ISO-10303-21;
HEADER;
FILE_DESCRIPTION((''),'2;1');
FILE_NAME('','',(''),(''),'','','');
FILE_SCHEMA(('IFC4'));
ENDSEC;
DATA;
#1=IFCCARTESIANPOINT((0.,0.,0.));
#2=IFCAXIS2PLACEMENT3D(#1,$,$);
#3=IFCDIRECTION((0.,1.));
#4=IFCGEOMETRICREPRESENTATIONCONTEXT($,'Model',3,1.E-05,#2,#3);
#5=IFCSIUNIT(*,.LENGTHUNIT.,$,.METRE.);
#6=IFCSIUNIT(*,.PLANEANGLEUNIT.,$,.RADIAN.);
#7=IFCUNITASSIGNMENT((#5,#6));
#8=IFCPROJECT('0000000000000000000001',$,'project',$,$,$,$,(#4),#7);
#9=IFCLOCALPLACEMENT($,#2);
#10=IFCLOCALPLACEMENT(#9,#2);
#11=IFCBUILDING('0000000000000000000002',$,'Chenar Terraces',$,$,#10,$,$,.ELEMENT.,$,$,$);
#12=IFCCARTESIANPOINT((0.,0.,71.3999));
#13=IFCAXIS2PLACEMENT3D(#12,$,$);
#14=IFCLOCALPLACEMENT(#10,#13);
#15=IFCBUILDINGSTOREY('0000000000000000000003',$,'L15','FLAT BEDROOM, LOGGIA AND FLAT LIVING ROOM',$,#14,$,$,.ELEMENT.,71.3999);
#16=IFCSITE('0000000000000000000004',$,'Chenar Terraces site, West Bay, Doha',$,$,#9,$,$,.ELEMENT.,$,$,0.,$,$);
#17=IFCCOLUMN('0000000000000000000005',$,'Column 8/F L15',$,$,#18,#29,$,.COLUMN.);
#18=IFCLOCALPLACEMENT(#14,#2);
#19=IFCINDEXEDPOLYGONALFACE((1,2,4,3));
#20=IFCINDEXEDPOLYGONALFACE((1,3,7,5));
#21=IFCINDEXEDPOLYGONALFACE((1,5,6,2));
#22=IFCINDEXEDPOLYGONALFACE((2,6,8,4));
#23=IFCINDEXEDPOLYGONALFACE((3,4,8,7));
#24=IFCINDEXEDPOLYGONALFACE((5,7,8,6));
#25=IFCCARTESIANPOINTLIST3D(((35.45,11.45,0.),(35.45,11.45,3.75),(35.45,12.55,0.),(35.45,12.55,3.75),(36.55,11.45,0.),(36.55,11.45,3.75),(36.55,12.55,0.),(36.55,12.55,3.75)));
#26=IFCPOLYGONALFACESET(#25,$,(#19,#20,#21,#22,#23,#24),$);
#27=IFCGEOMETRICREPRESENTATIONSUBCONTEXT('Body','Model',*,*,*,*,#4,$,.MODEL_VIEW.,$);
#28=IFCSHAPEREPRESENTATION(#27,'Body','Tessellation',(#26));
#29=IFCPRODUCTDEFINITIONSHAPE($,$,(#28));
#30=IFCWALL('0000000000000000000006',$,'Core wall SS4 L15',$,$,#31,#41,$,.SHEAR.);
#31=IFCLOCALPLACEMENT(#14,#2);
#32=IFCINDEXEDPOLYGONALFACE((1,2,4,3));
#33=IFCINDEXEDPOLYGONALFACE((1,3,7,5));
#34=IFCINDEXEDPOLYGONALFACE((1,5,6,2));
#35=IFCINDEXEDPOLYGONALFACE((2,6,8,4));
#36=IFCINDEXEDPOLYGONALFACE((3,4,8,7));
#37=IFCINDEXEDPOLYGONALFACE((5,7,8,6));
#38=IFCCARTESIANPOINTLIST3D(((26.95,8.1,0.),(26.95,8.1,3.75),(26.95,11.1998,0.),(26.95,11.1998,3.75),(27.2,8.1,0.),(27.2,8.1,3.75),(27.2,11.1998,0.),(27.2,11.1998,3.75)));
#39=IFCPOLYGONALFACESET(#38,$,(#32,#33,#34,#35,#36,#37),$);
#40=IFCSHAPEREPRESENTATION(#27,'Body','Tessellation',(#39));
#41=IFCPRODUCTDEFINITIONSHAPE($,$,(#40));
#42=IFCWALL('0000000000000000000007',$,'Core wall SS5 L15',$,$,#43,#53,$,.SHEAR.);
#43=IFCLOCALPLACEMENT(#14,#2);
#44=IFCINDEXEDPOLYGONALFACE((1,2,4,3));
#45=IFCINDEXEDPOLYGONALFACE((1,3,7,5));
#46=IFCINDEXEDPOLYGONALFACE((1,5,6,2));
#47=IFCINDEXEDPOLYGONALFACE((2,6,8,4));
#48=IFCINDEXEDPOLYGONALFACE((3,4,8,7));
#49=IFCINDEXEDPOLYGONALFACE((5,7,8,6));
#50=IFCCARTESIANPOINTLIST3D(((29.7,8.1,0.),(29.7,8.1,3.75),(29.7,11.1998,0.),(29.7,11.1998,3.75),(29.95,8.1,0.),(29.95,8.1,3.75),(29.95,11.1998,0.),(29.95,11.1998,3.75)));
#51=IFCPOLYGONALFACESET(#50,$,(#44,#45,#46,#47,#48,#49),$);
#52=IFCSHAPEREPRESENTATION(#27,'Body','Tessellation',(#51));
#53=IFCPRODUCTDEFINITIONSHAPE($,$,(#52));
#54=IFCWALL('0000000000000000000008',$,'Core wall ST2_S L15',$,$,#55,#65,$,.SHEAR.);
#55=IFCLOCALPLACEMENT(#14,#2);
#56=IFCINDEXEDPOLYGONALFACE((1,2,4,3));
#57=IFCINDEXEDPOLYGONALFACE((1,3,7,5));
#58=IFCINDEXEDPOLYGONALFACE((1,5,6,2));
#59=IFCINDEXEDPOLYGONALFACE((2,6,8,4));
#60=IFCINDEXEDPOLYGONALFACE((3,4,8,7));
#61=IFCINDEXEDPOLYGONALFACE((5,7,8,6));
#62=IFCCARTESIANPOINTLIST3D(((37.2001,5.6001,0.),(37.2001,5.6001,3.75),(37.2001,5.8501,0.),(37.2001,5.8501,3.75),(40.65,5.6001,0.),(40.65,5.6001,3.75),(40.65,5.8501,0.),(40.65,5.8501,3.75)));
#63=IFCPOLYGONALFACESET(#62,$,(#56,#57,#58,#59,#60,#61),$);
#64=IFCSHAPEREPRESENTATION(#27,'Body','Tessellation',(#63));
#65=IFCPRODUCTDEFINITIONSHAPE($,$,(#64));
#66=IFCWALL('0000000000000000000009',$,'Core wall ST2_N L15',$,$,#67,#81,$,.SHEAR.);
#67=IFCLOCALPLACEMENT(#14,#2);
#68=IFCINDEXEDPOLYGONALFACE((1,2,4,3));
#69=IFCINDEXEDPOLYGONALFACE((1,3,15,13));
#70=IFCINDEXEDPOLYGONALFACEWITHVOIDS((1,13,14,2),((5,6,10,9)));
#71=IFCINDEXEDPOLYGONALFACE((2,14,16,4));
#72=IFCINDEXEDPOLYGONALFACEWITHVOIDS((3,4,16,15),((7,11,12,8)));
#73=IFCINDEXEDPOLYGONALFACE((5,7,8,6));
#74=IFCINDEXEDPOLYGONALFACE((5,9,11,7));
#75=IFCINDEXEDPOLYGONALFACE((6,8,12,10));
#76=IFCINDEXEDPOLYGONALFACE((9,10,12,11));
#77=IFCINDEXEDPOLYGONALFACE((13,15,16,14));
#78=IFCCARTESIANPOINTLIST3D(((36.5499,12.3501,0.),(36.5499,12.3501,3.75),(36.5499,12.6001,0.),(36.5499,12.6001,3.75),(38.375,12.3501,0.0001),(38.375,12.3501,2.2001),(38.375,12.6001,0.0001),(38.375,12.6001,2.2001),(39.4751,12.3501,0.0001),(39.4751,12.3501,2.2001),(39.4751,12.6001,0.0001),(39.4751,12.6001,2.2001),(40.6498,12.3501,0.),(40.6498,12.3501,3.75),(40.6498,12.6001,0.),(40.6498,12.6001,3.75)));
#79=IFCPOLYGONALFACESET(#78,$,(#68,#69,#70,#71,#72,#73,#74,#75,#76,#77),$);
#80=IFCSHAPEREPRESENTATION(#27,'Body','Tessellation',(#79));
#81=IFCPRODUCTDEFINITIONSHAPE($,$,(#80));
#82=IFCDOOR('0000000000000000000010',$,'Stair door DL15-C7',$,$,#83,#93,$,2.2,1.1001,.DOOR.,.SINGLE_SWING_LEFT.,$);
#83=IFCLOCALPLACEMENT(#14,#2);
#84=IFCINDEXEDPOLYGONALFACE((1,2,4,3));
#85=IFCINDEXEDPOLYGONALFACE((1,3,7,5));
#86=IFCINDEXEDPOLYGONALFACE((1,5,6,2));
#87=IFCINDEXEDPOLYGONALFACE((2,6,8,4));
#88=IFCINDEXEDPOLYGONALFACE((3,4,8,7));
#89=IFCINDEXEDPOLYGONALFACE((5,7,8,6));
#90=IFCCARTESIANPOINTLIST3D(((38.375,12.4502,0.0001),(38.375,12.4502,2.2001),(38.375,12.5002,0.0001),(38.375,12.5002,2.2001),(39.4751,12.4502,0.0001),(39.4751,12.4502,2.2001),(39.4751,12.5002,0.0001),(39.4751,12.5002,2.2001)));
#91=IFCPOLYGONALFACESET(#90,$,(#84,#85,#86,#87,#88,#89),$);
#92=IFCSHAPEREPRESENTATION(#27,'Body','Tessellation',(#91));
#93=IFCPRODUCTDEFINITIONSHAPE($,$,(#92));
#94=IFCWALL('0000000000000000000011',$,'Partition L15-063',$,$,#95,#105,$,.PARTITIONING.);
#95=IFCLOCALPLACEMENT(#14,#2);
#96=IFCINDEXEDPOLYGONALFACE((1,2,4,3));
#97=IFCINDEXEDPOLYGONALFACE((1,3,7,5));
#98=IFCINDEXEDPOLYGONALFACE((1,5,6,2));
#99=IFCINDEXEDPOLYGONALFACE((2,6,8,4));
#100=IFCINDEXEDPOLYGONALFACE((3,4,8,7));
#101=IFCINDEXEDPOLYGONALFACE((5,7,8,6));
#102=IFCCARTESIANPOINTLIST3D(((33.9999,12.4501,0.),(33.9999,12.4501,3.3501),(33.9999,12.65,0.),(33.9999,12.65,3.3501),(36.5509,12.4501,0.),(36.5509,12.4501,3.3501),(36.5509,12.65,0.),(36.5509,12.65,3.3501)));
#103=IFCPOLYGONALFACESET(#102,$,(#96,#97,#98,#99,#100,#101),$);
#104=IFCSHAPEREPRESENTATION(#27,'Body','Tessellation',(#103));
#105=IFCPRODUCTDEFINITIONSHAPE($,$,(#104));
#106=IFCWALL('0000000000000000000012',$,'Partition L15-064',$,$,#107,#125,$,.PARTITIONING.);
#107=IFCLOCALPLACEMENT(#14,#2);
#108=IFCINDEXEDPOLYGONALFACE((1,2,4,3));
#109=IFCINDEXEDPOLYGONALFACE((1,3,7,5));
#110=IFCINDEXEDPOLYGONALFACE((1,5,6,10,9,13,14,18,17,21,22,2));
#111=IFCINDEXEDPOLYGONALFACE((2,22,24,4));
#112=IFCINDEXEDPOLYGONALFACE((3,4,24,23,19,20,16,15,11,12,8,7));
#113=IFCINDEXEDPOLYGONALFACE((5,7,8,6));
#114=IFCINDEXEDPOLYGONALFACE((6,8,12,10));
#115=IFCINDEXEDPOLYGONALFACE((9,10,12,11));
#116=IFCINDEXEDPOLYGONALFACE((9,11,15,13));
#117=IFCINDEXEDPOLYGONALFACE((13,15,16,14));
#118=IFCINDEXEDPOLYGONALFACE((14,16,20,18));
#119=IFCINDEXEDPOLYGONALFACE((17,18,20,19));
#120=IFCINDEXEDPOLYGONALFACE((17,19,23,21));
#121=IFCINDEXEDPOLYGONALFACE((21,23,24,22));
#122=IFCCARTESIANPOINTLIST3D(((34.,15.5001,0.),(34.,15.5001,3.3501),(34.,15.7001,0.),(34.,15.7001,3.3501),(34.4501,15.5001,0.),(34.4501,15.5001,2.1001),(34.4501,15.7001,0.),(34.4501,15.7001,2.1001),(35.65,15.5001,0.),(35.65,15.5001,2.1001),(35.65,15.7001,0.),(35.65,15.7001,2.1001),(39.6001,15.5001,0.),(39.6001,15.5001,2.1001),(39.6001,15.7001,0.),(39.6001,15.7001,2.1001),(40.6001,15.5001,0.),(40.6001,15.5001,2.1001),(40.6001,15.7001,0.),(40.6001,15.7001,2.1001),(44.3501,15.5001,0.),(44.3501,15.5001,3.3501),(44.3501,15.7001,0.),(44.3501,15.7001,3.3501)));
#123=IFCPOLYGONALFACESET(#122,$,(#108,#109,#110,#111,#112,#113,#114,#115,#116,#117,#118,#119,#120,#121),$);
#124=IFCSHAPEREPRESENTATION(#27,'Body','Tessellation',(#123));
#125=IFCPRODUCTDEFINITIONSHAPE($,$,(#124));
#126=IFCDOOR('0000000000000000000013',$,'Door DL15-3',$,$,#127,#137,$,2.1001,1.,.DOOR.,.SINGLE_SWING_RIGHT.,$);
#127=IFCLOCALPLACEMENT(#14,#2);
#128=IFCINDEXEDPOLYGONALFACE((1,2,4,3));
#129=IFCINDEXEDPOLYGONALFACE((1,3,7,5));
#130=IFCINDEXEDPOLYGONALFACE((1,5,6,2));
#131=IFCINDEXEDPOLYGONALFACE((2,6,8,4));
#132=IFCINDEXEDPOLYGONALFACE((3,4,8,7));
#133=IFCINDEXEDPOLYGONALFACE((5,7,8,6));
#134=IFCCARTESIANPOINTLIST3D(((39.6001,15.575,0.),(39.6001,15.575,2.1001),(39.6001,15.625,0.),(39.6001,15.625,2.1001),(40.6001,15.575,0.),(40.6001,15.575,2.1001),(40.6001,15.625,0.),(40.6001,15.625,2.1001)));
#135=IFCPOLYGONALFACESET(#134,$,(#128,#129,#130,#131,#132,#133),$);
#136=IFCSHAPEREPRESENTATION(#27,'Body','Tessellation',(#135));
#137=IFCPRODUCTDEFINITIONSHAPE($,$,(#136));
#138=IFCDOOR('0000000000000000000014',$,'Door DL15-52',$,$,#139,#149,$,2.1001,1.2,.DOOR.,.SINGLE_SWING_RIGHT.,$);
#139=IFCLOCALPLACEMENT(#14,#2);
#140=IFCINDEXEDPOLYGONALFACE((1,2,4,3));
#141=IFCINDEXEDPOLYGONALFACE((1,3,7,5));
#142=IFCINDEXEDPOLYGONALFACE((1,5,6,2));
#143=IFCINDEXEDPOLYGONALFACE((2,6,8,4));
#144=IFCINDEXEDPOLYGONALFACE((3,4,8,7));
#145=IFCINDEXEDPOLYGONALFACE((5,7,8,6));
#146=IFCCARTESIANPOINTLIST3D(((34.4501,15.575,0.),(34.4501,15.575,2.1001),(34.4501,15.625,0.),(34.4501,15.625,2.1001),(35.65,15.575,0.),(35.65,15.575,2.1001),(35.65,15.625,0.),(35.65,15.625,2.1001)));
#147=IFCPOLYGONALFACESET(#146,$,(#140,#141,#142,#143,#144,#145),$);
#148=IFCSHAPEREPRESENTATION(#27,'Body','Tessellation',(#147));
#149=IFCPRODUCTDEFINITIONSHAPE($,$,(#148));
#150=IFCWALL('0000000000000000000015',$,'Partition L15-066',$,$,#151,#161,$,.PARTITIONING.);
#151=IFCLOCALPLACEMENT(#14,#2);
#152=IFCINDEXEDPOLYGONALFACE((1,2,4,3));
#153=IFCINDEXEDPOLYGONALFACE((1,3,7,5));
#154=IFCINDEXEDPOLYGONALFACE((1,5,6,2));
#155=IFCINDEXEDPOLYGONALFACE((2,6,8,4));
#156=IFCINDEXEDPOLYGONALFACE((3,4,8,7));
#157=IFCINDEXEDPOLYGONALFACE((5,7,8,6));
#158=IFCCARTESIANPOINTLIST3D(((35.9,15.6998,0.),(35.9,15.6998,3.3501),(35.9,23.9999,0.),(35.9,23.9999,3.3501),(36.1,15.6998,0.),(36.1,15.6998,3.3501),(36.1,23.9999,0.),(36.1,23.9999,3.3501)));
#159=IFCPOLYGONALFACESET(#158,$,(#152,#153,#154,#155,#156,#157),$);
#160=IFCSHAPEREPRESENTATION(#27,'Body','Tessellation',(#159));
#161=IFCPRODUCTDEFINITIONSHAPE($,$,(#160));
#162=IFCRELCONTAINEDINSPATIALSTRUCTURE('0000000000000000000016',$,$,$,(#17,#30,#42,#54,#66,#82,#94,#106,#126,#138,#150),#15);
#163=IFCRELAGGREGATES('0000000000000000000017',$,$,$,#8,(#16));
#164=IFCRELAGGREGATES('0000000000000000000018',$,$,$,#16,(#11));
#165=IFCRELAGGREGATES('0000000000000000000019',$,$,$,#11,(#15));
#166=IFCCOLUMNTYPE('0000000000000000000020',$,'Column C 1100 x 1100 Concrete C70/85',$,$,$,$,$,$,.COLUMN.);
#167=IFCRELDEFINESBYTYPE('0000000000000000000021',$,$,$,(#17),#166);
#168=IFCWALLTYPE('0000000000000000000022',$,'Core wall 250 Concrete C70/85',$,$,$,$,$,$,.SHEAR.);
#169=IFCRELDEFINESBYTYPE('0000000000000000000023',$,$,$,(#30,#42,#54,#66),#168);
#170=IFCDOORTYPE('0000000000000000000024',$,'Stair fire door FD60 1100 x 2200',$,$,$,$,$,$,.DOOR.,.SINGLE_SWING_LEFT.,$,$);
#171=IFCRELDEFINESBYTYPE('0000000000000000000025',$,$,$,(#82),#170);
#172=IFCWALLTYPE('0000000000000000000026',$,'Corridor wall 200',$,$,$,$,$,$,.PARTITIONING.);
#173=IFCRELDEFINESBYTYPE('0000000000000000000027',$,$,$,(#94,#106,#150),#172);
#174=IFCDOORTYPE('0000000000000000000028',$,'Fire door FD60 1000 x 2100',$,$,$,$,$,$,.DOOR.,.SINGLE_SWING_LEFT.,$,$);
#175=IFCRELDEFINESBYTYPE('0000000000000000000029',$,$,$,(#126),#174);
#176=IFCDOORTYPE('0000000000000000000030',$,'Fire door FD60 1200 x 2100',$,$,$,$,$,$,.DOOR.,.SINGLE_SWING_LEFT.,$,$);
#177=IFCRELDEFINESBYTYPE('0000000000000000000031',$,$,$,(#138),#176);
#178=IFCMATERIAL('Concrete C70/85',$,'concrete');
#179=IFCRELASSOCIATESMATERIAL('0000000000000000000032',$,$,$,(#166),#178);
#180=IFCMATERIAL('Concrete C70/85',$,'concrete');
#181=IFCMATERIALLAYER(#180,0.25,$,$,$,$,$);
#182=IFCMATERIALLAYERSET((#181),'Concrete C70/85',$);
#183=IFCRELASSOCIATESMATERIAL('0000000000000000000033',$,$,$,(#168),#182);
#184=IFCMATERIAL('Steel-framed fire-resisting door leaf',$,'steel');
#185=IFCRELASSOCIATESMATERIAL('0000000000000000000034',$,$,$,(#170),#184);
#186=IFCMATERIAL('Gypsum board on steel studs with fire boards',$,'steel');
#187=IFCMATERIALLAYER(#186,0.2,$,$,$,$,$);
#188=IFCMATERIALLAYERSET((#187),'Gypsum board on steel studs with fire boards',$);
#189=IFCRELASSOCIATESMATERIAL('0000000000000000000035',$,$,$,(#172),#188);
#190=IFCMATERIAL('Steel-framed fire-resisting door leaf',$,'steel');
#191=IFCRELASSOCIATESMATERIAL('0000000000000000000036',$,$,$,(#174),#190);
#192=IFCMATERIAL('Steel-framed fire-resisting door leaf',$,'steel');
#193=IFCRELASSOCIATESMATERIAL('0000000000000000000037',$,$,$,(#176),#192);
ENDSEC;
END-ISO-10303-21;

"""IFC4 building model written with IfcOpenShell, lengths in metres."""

from ifc_helpers import new_model, si_unit, direction, frame, frame_2d, origin, origin_2d, place, context, subcontext, project, spatial, rectangle, extrude, material, layer, layer_set, material_profile, profile_set, type_object, element, fill, save


model = new_model("IFC4")

# Units and contexts
model_context = context("Model", 3, precision=1e-05, world=origin(), true_north=direction((0.0, 1.0)))
body_context = subcontext(model_context, "Body", "Model", "MODEL_VIEW")
ifc_project = project(units=[si_unit("LENGTHUNIT", "METRE"), si_unit("PLANEANGLEUNIT", "RADIAN")], contexts=[model_context])

# Site, building, storey
site_placement = place(None, origin())
site = spatial("IfcSite", under=ifc_project, at=site_placement, Name="Chenar Terraces site, West Bay, Doha", CompositionType="ELEMENT", RefElevation=0.0)
building_placement = place(site_placement, origin())
building = spatial("IfcBuilding", under=site, at=building_placement, Name="Chenar Terraces", CompositionType="ELEMENT")
storey_placement = place(building_placement, frame((0.0, 0.0, 71.3999)))
storey = spatial("IfcBuildingStorey", under=building, at=storey_placement, Name="L15", Description="FLAT BEDROOM, LOGGIA AND FLAT LIVING ROOM", CompositionType="ELEMENT", Elevation=71.3999)

# Column
ifc_material_1 = material(Name="Concrete C70/85", Category="concrete")
ifc_material_profile = material_profile(ifc_material_1, rectangle(XDim=1.1001, YDim=1.1001, at=origin_2d()), Name="C 1100 x 1100")
ifc_profile_set = profile_set([ifc_material_profile], Name="Concrete C70/85")
column_type = type_object("IfcColumnType", Name="Column C 1100 x 1100 Concrete C70/85", PredefinedType="COLUMN", material=ifc_profile_set)
column_placement = place(storey_placement, frame((36.0, 12.0, 0.0), z_axis=(0.0, 0.0, 1.0), x_axis=(1.0, 0.0, 0.0)))
element("IfcColumn", 1, at=column_placement, inside=storey, type_object=column_type, Name="Column 8/F L15", PredefinedType="COLUMN", context=body_context, shape_type="SweptSolid", body=[
    extrude(rectangle(XDim=1.1001, YDim=1.1001, at=origin_2d()), origin(), (0.0, 0.0, 1.0), 3.75),
])

# Walls
ifc_material_2 = material(Name="Concrete C70/85", Category="concrete")
ifc_layer_1 = layer(ifc_material_2, 0.25)
ifc_layer_set_1 = layer_set([ifc_layer_1], Name="Concrete C70/85")
wall_type_1 = type_object("IfcWallType", Name="Core wall 250 Concrete C70/85", PredefinedType="SHEAR", material=ifc_layer_set_1)
for number, where, z_axis, x_axis, name in (
    (2, (27.075, 8.1001, 0.0), (0.0, 0.0, 1.0), (0.0, 1.0, 0.0), "Core wall SS4 L15"),
    (3, (29.825, 8.1001, 0.0), (0.0, 0.0, 1.0), (0.0, 1.0, 0.0), "Core wall SS5 L15"),
):
    element("IfcWall", number, at=place(storey_placement, frame(where, z_axis=z_axis, x_axis=x_axis)), inside=storey, type_object=wall_type_1, Name=name, PredefinedType="SHEAR", context=body_context, shape_type="SweptSolid", body=[
        extrude(rectangle(XDim=3.0999, YDim=0.25, at=frame_2d((1.5498, 0.0))), origin(), (0.0, 0.0, 1.0), 3.75),
    ])
wall_1_placement = place(storey_placement, frame((37.2, 5.7251, 0.0), z_axis=(0.0, 0.0, 1.0), x_axis=(1.0, 0.0, 0.0)))
element("IfcWall", 4, at=wall_1_placement, inside=storey, type_object=wall_type_1, Name="Core wall ST2_S L15", PredefinedType="SHEAR", context=body_context, shape_type="SweptSolid", body=[
    extrude(rectangle(XDim=3.45, YDim=0.25, at=frame_2d((1.7251, 0.0))), origin(), (0.0, 0.0, 1.0), 3.75),
])

# Wall, opening, door
wall_2_placement = place(storey_placement, frame((36.55, 12.4751, 0.0), z_axis=(0.0, 0.0, 1.0), x_axis=(1.0, 0.0, 0.0)))
wall_2 = element("IfcWall", 5, at=wall_2_placement, inside=storey, type_object=wall_type_1, Name="Core wall ST2_N L15", PredefinedType="SHEAR", context=body_context, shape_type="SweptSolid", body=[
    extrude(rectangle(XDim=4.0999, YDim=0.25, at=frame_2d((2.0498, 0.0))), origin(), (0.0, 0.0, 1.0), 3.75),
])
opening_1_placement = place(wall_2_placement, frame((1.825, 0.0, 0.0)))
opening_1 = element("IfcOpeningElement", 6, at=opening_1_placement, cuts=wall_2, PredefinedType="OPENING", context=body_context, shape_type="SweptSolid", body=[
    extrude(rectangle(XDim=1.1001, YDim=2.2, at=frame_2d((0.55, 1.1001))), frame((0.0, 0.135, 0.0), z_axis=(0.0, -1.0, 0.0), x_axis=(1.0, 0.0, 0.0)), (0.0, 0.0, 1.0), 0.27),
])
ifc_material_3 = material(Name="Steel-framed fire-resisting door leaf", Category="steel")
door_type_1 = type_object("IfcDoorType", Name="Stair fire door FD60 1100 x 2200", OperationType="SINGLE_SWING_LEFT", PredefinedType="DOOR", material=ifc_material_3)
door_1_placement = place(opening_1_placement, frame((1.1001, 0.0, 0.0), z_axis=(0.0, 0.0, 1.0), x_axis=(-1.0, 0.0, 0.0)))
door_1 = element("IfcDoor", 7, at=door_1_placement, inside=storey, type_object=door_type_1, Name="Stair door DL15-C7", OperationType="SINGLE_SWING_LEFT", OverallHeight=2.2, OverallWidth=1.1001, PredefinedType="DOOR", context=body_context, shape_type="SweptSolid", body=[
    extrude(rectangle(XDim=1.1001, YDim=2.2, at=frame_2d((0.55, 1.1001))), frame((0.0, 0.0249, 0.0), z_axis=(0.0, -1.0, 0.0), x_axis=(1.0, 0.0, 0.0)), (0.0, 0.0, 1.0), 0.05),
])
fill(opening_1, door_1)

# Wall
ifc_material_4 = material(Name="Gypsum board on steel studs with fire boards", Category="steel")
ifc_layer_2 = layer(ifc_material_4, 0.2)
ifc_layer_set_2 = layer_set([ifc_layer_2], Name="Gypsum board on steel studs with fire boards")
wall_type_2 = type_object("IfcWallType", Name="Corridor wall 200", PredefinedType="PARTITIONING", material=ifc_layer_set_2)
wall_3_placement = place(storey_placement, frame((34.0, 12.55, 0.0), z_axis=(0.0, 0.0, 1.0), x_axis=(1.0, 0.0, 0.0)))
element("IfcWall", 8, at=wall_3_placement, inside=storey, type_object=wall_type_2, Name="Partition L15-063", PredefinedType="PARTITIONING", context=body_context, shape_type="SweptSolid", body=[
    extrude(rectangle(XDim=2.551, YDim=0.2, at=frame_2d((1.2754, 0.0))), origin(), (0.0, 0.0, 1.0), 3.3501),
])

# Wall, openings, doors
wall_4_placement = place(storey_placement, frame((34.0, 15.6001, 0.0), z_axis=(0.0, 0.0, 1.0), x_axis=(1.0, 0.0, 0.0)))
wall_4 = element("IfcWall", 9, at=wall_4_placement, inside=storey, type_object=wall_type_2, Name="Partition L15-064", PredefinedType="PARTITIONING", context=body_context, shape_type="SweptSolid", body=[
    extrude(rectangle(XDim=10.3501, YDim=0.2, at=frame_2d((5.175, 0.0))), origin(), (0.0, 0.0, 1.0), 3.3501),
])
opening_2_placement = place(wall_4_placement, frame((5.6001, 0.0, 0.0)))
opening_2 = element("IfcOpeningElement", 10, at=opening_2_placement, cuts=wall_4, PredefinedType="OPENING", context=body_context, shape_type="SweptSolid", body=[
    extrude(rectangle(XDim=1.0, YDim=2.1001, at=frame_2d((0.5, 1.05))), frame((0.0, 0.1099, 0.0), z_axis=(0.0, -1.0, 0.0), x_axis=(1.0, 0.0, 0.0)), (0.0, 0.0, 1.0), 0.22),
])
opening_3_placement = place(wall_4_placement, frame((0.45, 0.0, 0.0)))
opening_3 = element("IfcOpeningElement", 11, at=opening_3_placement, cuts=wall_4, PredefinedType="OPENING", context=body_context, shape_type="SweptSolid", body=[
    extrude(rectangle(XDim=1.2, YDim=2.1001, at=frame_2d((0.6001, 1.05))), frame((0.0, 0.1099, 0.0), z_axis=(0.0, -1.0, 0.0), x_axis=(1.0, 0.0, 0.0)), (0.0, 0.0, 1.0), 0.22),
])
ifc_material_5 = material(Name="Steel-framed fire-resisting door leaf", Category="steel")
door_type_2 = type_object("IfcDoorType", Name="Fire door FD60 1000 x 2100", OperationType="SINGLE_SWING_LEFT", PredefinedType="DOOR", material=ifc_material_5)
door_2_placement = place(opening_2_placement, origin())
door_2 = element("IfcDoor", 12, at=door_2_placement, inside=storey, type_object=door_type_2, Name="Door DL15-3", OperationType="SINGLE_SWING_RIGHT", OverallHeight=2.1001, OverallWidth=1.0, PredefinedType="DOOR", context=body_context, shape_type="SweptSolid", body=[
    extrude(rectangle(XDim=1.0, YDim=2.1001, at=frame_2d((0.5, 1.05))), frame((0.0, 0.0249, 0.0), z_axis=(0.0, -1.0, 0.0), x_axis=(1.0, 0.0, 0.0)), (0.0, 0.0, 1.0), 0.05),
])
fill(opening_2, door_2)
ifc_material_6 = material(Name="Steel-framed fire-resisting door leaf", Category="steel")
door_type_3 = type_object("IfcDoorType", Name="Fire door FD60 1200 x 2100", OperationType="SINGLE_SWING_LEFT", PredefinedType="DOOR", material=ifc_material_6)
door_3_placement = place(opening_3_placement, origin())
door_3 = element("IfcDoor", 13, at=door_3_placement, inside=storey, type_object=door_type_3, Name="Door DL15-52", OperationType="SINGLE_SWING_RIGHT", OverallHeight=2.1001, OverallWidth=1.2, PredefinedType="DOOR", context=body_context, shape_type="SweptSolid", body=[
    extrude(rectangle(XDim=1.2, YDim=2.1001, at=frame_2d((0.6001, 1.05))), frame((0.0, 0.0249, 0.0), z_axis=(0.0, -1.0, 0.0), x_axis=(1.0, 0.0, 0.0)), (0.0, 0.0, 1.0), 0.05),
])
fill(opening_3, door_3)

# Wall
wall_5_placement = place(storey_placement, frame((36.0, 15.7, 0.0), z_axis=(0.0, 0.0, 1.0), x_axis=(0.0, 1.0, 0.0)))
element("IfcWall", 14, at=wall_5_placement, inside=storey, type_object=wall_type_2, Name="Partition L15-066", PredefinedType="PARTITIONING", context=body_context, shape_type="SweptSolid", body=[
    extrude(rectangle(XDim=8.3, YDim=0.2, at=frame_2d((4.1499, 0.0))), origin(), (0.0, 0.0, 1.0), 3.3501),
])

save(model, "model.ifc")
